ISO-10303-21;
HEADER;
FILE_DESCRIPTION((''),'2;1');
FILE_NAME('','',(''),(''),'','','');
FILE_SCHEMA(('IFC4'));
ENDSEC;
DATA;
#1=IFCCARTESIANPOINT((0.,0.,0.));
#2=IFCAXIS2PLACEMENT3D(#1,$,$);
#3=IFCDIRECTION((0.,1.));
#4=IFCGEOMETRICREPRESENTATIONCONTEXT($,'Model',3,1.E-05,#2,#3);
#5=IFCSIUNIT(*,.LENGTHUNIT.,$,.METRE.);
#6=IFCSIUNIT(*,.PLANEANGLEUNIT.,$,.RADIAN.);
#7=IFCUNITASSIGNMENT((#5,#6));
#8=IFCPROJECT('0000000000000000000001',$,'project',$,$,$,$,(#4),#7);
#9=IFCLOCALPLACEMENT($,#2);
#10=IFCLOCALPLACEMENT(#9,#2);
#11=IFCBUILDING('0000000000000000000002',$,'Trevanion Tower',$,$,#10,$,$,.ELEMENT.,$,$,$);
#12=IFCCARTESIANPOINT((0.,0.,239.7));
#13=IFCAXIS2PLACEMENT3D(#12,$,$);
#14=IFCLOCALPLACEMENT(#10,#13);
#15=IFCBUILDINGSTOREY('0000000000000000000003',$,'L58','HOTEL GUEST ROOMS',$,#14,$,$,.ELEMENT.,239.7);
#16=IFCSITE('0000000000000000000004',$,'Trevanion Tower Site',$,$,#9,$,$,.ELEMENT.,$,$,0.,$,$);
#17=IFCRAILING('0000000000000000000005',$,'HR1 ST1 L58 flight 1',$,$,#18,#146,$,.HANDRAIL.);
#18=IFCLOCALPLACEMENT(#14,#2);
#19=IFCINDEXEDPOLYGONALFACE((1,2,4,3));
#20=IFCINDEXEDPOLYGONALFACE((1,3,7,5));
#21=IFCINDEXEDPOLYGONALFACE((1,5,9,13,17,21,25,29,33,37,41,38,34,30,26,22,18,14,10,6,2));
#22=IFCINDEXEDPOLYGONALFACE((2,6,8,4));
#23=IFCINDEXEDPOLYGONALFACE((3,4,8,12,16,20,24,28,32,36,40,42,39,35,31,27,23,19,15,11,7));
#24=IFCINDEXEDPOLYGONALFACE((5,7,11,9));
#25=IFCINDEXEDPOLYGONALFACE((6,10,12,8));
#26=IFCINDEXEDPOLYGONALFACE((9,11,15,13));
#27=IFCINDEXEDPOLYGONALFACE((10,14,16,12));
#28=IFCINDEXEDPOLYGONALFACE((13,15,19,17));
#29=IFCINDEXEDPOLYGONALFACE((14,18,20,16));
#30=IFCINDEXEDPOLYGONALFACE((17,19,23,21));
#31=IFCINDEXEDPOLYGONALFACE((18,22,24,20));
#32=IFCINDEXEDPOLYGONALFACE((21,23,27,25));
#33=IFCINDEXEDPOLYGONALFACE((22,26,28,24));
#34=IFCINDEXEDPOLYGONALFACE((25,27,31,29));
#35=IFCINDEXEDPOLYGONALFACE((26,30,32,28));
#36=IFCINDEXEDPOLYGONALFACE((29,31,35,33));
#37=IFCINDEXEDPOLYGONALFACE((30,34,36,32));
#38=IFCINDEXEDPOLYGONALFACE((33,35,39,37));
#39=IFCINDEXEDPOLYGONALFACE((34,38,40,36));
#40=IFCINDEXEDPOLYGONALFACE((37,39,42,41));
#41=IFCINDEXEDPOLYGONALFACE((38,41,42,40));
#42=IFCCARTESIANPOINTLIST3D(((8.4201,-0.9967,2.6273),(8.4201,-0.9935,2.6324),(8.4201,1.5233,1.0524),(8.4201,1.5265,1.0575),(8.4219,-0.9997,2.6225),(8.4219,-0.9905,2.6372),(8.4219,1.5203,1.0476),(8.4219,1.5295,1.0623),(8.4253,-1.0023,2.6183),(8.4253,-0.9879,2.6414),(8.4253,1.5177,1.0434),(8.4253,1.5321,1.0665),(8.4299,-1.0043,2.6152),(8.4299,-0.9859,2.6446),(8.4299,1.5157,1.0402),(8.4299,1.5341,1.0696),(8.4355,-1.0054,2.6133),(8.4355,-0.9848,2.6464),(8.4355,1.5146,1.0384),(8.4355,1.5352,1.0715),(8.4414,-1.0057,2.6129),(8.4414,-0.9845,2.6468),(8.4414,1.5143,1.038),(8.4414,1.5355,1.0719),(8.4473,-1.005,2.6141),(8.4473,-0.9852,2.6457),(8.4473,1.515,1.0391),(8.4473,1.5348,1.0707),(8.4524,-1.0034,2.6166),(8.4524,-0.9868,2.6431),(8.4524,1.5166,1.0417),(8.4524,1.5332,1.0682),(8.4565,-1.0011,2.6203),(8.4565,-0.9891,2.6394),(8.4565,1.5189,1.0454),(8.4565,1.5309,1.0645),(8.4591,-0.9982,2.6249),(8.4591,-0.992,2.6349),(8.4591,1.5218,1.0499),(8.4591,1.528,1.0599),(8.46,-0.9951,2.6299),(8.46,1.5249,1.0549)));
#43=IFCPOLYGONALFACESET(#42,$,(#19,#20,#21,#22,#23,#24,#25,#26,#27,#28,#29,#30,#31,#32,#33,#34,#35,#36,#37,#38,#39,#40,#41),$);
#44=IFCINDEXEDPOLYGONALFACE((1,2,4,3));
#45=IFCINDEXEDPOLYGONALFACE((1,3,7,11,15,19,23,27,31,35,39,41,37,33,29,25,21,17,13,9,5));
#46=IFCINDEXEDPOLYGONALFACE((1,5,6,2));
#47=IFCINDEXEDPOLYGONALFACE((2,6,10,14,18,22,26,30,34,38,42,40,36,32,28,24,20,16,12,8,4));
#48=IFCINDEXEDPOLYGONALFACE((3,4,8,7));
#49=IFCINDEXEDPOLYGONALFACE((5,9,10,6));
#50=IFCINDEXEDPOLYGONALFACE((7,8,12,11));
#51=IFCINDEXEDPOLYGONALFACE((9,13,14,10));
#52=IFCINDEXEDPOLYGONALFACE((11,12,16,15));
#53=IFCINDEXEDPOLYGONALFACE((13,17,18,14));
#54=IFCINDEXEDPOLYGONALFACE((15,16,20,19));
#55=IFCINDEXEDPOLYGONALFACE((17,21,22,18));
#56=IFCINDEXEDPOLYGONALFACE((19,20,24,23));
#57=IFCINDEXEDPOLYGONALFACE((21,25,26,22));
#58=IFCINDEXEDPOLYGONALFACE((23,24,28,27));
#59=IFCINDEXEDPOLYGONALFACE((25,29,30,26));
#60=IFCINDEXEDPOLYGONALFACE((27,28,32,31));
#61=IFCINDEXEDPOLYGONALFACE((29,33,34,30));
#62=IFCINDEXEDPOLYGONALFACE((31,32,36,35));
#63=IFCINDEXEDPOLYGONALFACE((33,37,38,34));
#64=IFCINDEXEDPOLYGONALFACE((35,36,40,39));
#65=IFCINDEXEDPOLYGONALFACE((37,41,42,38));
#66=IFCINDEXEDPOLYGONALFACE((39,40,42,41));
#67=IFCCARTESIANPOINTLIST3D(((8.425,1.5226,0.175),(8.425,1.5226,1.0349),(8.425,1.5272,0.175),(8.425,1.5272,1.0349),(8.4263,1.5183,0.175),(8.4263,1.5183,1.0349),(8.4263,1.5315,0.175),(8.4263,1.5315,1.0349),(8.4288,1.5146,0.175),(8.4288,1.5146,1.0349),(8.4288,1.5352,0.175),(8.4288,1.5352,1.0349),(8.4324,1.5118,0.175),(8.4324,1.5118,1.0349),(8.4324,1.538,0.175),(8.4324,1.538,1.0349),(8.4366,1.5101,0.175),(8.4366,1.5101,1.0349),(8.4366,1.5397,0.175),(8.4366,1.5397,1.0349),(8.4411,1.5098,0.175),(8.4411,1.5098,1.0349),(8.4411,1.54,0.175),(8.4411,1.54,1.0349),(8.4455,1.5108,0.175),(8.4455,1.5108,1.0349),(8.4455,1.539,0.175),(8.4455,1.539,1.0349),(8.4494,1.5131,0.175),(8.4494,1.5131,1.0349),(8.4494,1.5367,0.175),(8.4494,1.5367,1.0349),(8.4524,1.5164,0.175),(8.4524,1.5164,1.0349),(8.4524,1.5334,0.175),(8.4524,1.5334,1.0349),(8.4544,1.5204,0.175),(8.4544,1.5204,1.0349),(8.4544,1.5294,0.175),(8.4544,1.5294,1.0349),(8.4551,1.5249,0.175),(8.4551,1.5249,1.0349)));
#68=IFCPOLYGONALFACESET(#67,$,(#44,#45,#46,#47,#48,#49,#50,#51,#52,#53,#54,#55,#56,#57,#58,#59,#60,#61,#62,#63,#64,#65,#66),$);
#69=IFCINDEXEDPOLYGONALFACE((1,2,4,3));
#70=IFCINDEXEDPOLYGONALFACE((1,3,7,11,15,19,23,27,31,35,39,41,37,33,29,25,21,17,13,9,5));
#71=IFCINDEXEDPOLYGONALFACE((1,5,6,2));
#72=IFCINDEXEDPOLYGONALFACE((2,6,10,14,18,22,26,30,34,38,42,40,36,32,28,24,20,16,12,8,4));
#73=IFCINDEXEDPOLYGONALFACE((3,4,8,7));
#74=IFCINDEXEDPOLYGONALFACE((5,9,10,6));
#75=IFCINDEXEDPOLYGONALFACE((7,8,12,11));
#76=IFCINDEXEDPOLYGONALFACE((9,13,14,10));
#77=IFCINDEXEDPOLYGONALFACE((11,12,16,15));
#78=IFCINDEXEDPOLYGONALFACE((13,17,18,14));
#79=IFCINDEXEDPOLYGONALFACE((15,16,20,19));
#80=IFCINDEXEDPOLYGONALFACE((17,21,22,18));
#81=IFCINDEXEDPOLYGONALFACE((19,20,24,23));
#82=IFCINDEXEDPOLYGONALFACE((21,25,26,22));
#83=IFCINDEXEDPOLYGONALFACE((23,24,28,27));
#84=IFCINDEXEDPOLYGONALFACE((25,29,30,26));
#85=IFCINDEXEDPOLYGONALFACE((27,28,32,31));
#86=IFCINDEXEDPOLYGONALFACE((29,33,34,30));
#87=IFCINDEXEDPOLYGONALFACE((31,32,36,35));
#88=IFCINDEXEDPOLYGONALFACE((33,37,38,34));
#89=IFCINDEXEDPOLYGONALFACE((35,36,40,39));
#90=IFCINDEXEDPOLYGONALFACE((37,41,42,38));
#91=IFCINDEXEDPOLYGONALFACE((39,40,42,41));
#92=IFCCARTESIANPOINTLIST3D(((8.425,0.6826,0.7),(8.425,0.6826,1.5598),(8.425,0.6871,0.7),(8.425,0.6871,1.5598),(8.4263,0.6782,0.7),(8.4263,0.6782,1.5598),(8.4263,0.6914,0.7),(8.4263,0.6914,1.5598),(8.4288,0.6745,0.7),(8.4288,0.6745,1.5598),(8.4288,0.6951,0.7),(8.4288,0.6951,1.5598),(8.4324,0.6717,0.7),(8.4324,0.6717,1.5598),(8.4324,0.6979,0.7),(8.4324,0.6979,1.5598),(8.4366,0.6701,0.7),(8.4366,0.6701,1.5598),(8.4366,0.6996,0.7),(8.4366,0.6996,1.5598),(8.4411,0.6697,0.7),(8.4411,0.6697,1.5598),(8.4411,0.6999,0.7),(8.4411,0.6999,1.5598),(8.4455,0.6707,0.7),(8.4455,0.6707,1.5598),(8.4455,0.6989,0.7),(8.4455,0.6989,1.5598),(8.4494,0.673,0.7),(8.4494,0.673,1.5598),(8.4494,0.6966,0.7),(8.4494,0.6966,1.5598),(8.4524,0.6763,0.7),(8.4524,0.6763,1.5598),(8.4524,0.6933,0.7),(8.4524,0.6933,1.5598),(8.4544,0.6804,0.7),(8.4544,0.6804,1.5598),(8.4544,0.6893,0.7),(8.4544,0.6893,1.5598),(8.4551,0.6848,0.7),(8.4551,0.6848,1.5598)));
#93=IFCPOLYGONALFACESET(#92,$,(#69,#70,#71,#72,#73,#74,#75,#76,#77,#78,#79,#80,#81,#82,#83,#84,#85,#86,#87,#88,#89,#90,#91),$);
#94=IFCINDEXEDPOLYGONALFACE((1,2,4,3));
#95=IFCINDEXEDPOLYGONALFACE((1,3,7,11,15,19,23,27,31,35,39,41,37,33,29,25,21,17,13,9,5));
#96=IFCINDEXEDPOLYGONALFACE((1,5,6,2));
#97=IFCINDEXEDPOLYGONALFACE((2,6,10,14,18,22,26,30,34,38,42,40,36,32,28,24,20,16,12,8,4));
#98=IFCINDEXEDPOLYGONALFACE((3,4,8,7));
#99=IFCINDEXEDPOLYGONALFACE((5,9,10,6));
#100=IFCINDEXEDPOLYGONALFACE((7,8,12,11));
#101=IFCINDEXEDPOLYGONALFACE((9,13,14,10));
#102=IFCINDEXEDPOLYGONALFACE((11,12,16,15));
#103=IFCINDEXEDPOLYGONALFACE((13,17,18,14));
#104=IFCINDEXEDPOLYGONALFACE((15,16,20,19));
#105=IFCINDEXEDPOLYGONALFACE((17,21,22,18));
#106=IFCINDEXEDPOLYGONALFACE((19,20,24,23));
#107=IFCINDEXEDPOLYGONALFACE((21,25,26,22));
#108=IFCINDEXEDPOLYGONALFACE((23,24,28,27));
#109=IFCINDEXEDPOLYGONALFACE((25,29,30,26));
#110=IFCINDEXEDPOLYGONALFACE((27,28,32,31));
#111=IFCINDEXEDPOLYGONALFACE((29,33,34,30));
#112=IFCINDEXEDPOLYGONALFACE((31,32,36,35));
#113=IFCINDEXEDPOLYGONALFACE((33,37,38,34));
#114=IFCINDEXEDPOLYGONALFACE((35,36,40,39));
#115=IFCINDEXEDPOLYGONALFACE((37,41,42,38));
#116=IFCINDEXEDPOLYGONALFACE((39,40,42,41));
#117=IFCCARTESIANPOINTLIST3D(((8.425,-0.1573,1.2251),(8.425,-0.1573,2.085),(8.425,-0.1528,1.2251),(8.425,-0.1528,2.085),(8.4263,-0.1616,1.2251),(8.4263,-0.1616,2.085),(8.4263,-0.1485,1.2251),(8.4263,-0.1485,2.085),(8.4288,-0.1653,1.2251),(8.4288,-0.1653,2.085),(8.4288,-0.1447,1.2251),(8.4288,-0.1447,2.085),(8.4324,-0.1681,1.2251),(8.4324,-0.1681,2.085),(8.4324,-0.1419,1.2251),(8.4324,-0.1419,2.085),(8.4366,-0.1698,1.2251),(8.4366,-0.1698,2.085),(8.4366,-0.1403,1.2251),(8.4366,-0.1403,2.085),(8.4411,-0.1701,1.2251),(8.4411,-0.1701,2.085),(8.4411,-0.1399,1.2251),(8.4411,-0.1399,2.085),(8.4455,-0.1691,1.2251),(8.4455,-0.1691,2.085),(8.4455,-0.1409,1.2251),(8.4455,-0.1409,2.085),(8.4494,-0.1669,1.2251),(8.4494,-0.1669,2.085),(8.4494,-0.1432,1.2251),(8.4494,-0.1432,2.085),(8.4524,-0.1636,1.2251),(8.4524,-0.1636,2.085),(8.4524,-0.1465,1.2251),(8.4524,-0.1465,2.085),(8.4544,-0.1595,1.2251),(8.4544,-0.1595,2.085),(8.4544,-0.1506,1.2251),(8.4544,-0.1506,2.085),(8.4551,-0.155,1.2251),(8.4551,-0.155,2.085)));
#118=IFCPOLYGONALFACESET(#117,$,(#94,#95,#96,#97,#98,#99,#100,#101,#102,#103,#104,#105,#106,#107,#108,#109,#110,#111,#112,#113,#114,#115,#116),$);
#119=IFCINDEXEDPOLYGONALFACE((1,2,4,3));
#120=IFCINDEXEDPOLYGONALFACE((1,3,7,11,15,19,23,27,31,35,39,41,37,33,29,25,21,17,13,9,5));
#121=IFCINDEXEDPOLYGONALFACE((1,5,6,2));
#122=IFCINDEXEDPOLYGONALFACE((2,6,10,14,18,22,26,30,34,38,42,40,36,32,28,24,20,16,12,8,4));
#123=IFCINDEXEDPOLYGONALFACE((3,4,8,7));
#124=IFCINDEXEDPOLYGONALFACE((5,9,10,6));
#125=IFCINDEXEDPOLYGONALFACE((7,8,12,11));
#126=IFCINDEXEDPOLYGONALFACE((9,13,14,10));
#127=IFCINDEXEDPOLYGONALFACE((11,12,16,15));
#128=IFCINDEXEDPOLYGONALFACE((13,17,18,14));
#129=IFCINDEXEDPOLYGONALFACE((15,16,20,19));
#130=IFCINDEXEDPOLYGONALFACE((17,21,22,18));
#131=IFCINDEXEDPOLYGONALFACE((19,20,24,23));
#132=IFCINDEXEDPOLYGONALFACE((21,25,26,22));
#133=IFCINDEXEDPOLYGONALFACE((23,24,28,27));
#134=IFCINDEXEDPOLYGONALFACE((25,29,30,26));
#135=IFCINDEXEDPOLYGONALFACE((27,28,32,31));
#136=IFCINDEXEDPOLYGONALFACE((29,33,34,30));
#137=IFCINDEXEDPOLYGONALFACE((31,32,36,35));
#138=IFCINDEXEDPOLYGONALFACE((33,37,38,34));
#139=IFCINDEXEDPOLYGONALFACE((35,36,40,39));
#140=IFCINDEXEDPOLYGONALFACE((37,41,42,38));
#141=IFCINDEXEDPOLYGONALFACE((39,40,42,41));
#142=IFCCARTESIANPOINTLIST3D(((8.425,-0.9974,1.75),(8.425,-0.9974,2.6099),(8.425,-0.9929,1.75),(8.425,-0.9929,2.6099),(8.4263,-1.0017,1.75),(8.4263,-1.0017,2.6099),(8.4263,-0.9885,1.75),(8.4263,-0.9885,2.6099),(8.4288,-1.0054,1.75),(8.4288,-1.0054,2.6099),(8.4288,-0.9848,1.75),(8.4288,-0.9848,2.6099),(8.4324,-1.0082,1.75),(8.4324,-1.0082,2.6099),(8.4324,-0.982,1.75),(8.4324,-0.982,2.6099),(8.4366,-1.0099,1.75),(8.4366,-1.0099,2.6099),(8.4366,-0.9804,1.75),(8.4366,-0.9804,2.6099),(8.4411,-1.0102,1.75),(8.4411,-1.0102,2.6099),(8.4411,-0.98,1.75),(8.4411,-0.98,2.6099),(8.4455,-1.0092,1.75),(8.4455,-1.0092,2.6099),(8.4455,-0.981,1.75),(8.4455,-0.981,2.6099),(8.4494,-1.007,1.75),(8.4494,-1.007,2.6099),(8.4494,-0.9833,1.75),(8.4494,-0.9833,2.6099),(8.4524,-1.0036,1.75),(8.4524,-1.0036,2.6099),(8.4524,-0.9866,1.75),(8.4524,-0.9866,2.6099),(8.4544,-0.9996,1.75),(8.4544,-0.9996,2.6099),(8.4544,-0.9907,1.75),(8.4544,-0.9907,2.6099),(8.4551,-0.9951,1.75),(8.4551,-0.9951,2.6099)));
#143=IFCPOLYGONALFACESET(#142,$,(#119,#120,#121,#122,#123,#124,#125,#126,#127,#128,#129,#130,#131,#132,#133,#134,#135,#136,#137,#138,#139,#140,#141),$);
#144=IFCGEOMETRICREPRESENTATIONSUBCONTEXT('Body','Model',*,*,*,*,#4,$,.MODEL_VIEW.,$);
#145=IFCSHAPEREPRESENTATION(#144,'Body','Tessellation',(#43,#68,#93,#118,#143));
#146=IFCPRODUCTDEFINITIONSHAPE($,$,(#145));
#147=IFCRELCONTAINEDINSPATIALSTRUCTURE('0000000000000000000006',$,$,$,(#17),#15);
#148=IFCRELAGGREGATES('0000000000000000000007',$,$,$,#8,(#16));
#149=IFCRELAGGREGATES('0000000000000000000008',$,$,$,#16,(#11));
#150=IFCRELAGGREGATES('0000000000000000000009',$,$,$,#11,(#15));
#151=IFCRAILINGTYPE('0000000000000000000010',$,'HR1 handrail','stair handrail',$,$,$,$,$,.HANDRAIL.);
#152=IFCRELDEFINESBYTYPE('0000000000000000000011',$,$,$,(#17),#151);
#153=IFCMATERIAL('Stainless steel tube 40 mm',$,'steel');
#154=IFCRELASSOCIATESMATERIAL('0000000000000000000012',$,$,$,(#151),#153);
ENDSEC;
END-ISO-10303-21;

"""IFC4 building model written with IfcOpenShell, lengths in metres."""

from ifc_helpers import new_model, si_unit, direction, frame, origin, origin_2d, place, context, subcontext, project, spatial, circle, extrude, material, type_object, element, save


model = new_model("IFC4")

# Units and contexts
model_context = context("Model", 3, precision=1e-05, world=origin(), true_north=direction((0.0, 1.0)))
body_context = subcontext(model_context, "Body", "Model", "MODEL_VIEW")
ifc_project = project(units=[si_unit("LENGTHUNIT", "METRE"), si_unit("PLANEANGLEUNIT", "RADIAN")], contexts=[model_context])

# Site, building, storey
site_placement = place(None, origin())
site = spatial("IfcSite", under=ifc_project, at=site_placement, Name="Trevanion Tower Site", CompositionType="ELEMENT", RefElevation=0.0)
building_placement = place(site_placement, origin())
building = spatial("IfcBuilding", under=site, at=building_placement, Name="Trevanion Tower", CompositionType="ELEMENT")
storey_placement = place(building_placement, frame((0.0, 0.0, 239.7)))
storey = spatial("IfcBuildingStorey", under=building, at=storey_placement, Name="L58", Description="HOTEL GUEST ROOMS", CompositionType="ELEMENT", Elevation=239.7)

# Railing
ifc_material_1 = material(Name="Stainless steel tube 40 mm", Category="steel")
railing_type = type_object("IfcRailingType", Name="HR1 handrail", Description="stair handrail", PredefinedType="HANDRAIL", material=ifc_material_1)
for number, where, name in (
    (1, (8.4399, 1.5249, 0.175), "HR1 ST1 L58 flight 1"),
):
    element("IfcRailing", number, at=place(storey_placement, frame(where)), inside=storey, type_object=railing_type, Name=name, PredefinedType="HANDRAIL", context=body_context, shape_type="SweptSolid", body=[
        extrude(circle(Radius=0.02, at=origin_2d()), frame((0.0, 0.0, 0.8799), z_axis=(0.0, -0.848008, 0.529984), x_axis=(1.0, 0.0, 0.0)), (0.0, 0.0, 1.0), 2.9717),
        extrude(circle(Radius=0.0151, at=origin_2d()), origin(), (0.0, 0.0, 1.0), 0.8599),
        extrude(circle(Radius=0.0151, at=origin_2d()), frame((0.0, -0.8401, 0.5249)), (0.0, 0.0, 1.0), 0.8599),
        extrude(circle(Radius=0.0151, at=origin_2d()), frame((0.0, -1.6799, 1.05)), (0.0, 0.0, 1.0), 0.8599),
        extrude(circle(Radius=0.0151, at=origin_2d()), frame((0.0, -2.52, 1.575)), (0.0, 0.0, 1.0), 0.8599),
    ])

save(model, "model.ifc")
